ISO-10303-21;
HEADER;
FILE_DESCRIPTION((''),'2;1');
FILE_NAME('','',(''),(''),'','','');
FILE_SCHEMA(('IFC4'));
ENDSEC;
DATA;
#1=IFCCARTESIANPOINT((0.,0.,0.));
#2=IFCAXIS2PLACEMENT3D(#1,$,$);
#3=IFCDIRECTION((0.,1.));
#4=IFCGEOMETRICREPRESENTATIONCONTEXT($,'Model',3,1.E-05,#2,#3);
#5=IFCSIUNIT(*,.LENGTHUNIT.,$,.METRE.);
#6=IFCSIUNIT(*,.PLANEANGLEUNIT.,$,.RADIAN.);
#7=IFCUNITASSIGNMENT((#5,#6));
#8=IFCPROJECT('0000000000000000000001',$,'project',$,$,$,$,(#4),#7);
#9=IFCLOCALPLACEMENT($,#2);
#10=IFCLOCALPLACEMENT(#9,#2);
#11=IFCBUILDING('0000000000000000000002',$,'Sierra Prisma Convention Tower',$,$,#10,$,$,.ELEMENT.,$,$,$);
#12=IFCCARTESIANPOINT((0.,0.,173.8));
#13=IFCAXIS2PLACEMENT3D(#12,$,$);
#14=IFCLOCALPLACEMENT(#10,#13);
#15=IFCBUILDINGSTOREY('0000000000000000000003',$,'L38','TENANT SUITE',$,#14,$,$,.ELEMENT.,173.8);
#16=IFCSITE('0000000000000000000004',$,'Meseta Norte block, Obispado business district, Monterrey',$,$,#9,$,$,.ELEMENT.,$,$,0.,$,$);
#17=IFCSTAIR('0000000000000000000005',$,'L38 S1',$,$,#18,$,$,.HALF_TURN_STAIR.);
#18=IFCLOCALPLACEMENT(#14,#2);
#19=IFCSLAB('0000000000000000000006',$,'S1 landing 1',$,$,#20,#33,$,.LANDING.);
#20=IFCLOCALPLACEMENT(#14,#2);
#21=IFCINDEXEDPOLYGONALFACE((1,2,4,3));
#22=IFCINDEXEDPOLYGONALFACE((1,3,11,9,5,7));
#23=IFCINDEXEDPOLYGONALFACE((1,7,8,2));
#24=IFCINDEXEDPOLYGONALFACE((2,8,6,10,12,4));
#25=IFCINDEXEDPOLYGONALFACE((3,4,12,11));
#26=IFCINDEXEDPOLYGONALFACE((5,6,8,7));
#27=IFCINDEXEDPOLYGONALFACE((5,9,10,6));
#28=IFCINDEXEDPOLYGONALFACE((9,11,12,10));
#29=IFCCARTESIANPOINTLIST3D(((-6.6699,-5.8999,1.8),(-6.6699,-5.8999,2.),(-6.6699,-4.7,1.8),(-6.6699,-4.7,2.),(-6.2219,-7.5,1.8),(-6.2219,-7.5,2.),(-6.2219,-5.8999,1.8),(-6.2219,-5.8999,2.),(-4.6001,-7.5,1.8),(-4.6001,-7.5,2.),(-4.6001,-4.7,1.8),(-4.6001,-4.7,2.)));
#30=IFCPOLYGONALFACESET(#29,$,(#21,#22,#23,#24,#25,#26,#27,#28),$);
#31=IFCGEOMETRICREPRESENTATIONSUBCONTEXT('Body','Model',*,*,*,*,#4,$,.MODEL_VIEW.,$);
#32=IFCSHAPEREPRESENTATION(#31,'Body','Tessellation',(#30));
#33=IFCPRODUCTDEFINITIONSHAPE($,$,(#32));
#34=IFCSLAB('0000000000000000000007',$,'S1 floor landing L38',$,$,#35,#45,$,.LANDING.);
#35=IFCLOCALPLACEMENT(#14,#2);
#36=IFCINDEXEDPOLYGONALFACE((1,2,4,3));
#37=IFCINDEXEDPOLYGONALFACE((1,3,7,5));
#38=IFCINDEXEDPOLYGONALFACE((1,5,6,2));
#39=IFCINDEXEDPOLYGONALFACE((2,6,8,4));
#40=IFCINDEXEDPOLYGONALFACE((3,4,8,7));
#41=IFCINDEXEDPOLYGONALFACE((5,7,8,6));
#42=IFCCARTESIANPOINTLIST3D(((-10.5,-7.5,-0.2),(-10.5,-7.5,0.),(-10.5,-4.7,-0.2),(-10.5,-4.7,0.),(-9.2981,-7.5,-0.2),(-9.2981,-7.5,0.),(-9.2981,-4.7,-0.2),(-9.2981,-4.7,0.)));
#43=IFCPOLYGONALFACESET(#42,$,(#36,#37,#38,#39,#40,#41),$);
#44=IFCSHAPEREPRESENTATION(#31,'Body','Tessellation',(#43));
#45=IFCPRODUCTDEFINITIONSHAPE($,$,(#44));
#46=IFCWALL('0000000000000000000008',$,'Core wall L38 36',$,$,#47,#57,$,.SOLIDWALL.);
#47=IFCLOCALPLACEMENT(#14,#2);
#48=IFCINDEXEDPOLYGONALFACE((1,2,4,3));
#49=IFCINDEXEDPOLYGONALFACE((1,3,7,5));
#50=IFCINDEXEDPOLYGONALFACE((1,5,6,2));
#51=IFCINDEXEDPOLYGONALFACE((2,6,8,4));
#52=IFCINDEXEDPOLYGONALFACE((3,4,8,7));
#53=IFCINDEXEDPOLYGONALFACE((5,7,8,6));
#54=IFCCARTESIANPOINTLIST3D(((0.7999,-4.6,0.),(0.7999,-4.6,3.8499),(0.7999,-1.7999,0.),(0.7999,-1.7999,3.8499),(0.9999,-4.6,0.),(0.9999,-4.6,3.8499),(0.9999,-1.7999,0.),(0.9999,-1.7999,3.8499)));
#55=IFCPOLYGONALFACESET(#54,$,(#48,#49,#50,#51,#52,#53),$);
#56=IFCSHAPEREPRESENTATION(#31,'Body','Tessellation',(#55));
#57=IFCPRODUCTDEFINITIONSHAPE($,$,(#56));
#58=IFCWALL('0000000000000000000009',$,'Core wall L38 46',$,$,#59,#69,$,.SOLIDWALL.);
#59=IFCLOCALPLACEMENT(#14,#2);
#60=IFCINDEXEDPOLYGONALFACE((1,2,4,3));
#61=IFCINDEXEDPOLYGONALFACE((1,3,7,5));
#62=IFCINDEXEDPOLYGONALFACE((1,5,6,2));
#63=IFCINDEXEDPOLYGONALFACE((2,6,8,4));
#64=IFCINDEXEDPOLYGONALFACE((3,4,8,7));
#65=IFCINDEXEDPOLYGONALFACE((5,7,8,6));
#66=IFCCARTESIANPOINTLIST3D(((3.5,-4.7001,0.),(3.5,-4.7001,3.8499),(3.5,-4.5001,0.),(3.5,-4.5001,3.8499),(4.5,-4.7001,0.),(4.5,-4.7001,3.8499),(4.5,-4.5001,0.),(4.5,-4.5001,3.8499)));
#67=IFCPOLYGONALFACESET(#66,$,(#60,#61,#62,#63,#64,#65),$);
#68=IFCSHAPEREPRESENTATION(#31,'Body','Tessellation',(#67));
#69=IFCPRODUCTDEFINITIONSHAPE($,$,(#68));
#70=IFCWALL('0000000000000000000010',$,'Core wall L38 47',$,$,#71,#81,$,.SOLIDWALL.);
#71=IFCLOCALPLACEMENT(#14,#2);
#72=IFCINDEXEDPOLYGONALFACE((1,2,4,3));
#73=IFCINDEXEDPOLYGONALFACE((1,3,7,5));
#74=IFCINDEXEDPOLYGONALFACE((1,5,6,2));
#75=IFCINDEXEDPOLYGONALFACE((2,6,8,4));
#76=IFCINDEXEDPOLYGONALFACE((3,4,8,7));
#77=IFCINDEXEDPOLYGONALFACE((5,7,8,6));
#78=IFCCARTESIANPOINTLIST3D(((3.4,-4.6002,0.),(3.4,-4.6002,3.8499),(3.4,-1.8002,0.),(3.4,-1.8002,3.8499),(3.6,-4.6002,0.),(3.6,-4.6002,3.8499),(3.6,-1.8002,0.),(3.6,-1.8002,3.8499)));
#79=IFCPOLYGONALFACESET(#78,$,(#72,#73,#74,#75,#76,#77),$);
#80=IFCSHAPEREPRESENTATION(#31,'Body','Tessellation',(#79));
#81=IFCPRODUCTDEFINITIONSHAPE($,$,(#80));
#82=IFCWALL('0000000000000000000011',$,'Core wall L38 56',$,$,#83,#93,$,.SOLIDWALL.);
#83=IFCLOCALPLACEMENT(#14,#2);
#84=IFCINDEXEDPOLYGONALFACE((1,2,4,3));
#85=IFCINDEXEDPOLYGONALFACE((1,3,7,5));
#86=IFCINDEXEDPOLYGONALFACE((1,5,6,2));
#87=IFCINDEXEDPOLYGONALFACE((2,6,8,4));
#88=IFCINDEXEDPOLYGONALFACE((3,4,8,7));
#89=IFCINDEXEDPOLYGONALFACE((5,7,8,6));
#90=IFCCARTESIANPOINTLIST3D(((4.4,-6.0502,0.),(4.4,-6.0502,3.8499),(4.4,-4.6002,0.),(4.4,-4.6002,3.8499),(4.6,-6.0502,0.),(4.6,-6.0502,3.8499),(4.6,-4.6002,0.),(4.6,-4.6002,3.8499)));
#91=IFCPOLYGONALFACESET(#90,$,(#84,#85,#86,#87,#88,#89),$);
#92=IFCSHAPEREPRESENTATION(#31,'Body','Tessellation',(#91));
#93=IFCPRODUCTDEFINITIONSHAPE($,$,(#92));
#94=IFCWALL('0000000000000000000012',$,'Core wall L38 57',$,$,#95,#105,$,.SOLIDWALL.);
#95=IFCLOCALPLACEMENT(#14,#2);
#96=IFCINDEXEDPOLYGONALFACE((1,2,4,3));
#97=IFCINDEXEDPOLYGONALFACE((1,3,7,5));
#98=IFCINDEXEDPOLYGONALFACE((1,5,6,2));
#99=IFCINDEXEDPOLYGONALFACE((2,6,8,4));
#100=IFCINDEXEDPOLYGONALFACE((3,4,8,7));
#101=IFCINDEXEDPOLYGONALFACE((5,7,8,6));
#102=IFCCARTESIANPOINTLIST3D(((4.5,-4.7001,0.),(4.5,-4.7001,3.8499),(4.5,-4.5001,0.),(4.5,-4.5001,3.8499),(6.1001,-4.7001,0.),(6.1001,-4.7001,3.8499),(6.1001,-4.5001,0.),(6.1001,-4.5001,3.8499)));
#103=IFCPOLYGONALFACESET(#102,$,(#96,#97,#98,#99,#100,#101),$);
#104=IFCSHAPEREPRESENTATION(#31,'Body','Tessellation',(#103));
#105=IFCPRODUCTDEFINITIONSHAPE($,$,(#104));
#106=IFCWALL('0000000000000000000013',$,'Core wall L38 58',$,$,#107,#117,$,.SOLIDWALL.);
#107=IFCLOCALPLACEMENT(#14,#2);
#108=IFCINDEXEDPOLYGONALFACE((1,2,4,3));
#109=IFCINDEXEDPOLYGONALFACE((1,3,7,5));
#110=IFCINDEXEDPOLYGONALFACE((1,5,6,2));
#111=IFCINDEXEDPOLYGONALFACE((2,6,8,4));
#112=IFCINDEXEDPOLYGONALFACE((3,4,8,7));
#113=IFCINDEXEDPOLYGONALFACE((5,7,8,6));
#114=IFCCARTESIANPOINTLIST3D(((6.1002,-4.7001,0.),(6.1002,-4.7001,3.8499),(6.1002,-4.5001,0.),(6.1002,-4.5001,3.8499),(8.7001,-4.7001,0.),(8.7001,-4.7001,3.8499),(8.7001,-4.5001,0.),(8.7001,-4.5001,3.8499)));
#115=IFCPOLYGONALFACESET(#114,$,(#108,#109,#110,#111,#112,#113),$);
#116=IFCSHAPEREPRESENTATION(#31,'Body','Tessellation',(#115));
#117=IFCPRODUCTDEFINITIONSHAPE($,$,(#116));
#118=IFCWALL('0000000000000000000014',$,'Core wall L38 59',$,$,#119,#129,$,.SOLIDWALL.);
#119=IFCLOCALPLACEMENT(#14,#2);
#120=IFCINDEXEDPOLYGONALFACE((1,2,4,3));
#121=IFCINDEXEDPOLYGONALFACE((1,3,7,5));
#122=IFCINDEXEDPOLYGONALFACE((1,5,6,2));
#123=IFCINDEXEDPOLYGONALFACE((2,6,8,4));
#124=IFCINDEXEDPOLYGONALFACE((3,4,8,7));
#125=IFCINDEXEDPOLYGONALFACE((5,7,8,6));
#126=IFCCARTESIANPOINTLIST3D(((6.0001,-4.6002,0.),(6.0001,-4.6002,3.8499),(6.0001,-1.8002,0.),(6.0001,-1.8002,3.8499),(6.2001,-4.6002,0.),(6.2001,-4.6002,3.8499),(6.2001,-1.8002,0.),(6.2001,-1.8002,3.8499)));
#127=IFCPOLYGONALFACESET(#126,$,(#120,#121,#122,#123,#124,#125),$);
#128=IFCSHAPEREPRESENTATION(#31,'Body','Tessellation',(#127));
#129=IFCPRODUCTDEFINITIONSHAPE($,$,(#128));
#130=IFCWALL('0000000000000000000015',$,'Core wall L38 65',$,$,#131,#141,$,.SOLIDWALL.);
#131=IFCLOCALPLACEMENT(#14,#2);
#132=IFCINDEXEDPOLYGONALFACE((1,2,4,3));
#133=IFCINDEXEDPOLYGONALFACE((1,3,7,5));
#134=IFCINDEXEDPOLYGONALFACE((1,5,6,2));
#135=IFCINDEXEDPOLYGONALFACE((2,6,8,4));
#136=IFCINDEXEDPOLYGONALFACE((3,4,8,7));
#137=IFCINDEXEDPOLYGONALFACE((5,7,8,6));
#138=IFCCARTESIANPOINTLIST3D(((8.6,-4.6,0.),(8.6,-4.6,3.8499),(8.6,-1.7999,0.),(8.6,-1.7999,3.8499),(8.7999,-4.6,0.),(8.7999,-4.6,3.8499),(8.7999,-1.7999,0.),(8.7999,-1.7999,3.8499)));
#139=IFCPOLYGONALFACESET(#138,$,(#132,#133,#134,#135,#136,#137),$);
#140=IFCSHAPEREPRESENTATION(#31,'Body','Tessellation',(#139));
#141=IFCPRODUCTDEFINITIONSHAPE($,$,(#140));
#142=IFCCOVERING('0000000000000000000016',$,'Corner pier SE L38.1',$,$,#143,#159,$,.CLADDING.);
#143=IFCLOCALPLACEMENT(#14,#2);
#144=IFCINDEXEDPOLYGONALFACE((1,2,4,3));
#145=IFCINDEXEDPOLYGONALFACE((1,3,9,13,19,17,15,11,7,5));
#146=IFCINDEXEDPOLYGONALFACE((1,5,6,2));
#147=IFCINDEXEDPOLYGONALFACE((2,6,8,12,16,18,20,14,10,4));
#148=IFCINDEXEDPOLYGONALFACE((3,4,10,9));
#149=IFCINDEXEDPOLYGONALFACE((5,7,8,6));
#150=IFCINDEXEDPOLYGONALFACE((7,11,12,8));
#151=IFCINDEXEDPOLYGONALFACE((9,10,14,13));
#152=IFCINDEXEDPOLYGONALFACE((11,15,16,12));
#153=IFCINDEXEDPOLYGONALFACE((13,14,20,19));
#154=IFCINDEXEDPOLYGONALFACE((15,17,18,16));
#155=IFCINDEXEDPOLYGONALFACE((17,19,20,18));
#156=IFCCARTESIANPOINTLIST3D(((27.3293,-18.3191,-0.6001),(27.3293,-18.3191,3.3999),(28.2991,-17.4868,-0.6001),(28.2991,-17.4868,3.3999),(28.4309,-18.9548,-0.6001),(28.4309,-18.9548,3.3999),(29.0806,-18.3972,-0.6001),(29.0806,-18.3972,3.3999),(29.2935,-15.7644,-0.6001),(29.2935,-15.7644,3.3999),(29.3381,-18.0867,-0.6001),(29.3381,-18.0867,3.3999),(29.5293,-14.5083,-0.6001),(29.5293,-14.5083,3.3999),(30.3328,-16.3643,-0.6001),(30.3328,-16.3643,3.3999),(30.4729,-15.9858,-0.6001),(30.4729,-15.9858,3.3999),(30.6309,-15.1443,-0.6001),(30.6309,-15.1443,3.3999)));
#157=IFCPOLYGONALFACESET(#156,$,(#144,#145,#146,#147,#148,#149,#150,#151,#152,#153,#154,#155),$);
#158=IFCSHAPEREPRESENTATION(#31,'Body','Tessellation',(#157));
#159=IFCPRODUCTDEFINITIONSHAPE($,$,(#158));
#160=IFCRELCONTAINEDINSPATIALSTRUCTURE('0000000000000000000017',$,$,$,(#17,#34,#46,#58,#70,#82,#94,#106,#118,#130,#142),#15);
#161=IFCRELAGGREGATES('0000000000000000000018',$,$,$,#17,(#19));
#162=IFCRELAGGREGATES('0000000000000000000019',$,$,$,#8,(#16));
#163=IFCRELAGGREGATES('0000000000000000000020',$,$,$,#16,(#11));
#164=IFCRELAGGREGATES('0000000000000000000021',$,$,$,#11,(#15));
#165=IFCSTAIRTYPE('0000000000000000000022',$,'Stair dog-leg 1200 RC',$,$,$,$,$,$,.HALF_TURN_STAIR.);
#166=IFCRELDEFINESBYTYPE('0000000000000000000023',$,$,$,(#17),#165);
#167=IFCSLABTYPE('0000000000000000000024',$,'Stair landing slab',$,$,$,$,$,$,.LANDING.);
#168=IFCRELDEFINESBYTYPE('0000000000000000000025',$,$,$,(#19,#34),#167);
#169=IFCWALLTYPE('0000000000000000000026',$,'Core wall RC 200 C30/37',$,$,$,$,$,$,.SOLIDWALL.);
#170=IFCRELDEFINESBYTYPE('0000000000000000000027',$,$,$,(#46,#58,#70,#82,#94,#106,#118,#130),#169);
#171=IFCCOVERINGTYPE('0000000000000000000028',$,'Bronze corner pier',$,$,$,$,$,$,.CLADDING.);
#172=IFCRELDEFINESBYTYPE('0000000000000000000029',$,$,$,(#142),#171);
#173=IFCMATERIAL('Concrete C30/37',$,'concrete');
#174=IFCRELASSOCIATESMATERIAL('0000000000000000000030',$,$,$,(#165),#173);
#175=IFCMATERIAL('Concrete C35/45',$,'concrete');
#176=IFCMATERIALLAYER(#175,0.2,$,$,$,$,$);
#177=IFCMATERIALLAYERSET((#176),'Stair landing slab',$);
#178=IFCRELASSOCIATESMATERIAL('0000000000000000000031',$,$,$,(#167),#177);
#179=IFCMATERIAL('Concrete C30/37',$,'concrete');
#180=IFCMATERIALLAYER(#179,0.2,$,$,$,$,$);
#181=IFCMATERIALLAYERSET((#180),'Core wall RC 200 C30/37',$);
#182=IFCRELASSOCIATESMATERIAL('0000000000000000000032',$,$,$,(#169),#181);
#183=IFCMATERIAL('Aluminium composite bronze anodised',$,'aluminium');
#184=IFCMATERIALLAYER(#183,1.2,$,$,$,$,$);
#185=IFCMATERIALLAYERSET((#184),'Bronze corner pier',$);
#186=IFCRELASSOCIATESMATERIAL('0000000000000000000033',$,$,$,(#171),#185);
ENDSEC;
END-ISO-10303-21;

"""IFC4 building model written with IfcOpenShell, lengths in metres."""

from ifc_helpers import new_model, si_unit, direction, frame, frame_2d, origin, place, context, subcontext, project, spatial, polyline, rectangle, outline, extrude, material, layer, layer_set, type_object, element, aggregate, save


model = new_model("IFC4")

# Units and contexts
model_context = context("Model", 3, precision=1e-05, world=origin(), true_north=direction((0.0, 1.0)))
body_context = subcontext(model_context, "Body", "Model", "MODEL_VIEW")
ifc_project = project(units=[si_unit("LENGTHUNIT", "METRE"), si_unit("PLANEANGLEUNIT", "RADIAN")], contexts=[model_context])

# Site, building, storey
site_placement = place(None, origin())
site = spatial("IfcSite", under=ifc_project, at=site_placement, Name="Meseta Norte block, Obispado business district, Monterrey", CompositionType="ELEMENT", RefElevation=0.0)
building_placement = place(site_placement, origin())
building = spatial("IfcBuilding", under=site, at=building_placement, Name="Sierra Prisma Convention Tower", CompositionType="ELEMENT")
storey_placement = place(building_placement, frame((0.0, 0.0, 173.8)))
storey = spatial("IfcBuildingStorey", under=building, at=storey_placement, Name="L38", Description="TENANT SUITE", CompositionType="ELEMENT", Elevation=173.8)

# Stair, slab
ifc_material_1 = material(Name="Concrete C30/37", Category="concrete")
stair_type = type_object("IfcStairType", Name="Stair dog-leg 1200 RC", PredefinedType="HALF_TURN_STAIR", material=ifc_material_1)
stair_placement = place(storey_placement, origin())
stair = element("IfcStair", 1, at=stair_placement, inside=storey, type_object=stair_type, Name="L38 S1", PredefinedType="HALF_TURN_STAIR")
ifc_material_2 = material(Name="Concrete C35/45", Category="concrete")
ifc_layer_1 = layer(ifc_material_2, 0.2)
ifc_layer_set_1 = layer_set([ifc_layer_1], Name="Stair landing slab")
slab_type = type_object("IfcSlabType", Name="Stair landing slab", PredefinedType="LANDING", material=ifc_layer_set_1)
slab_1_placement = place(storey_placement, frame((0.0, 0.0, 1.8)))
slab_1 = element("IfcSlab", 2, at=slab_1_placement, type_object=slab_type, Name="S1 landing 1", PredefinedType="LANDING", context=body_context, shape_type="SweptSolid", body=[
    extrude(outline(polyline([(-4.6001, -4.7), (-4.6001, -7.5), (-6.2219, -7.5), (-6.2219, -5.8999), (-6.6699, -5.8999), (-6.6699, -4.7), (-4.6001, -4.7)])), origin(), (0.0, 0.0, 1.0), 0.2),
])
aggregate(stair, [slab_1])

# Slab
slab_2_placement = place(storey_placement, frame((0.0, 0.0, -0.2)))
element("IfcSlab", 3, at=slab_2_placement, inside=storey, type_object=slab_type, Name="S1 floor landing L38", PredefinedType="LANDING", context=body_context, shape_type="SweptSolid", body=[
    extrude(outline(polyline([(-10.5, -7.5), (-9.2981, -7.5), (-9.2981, -4.7), (-10.5, -4.7), (-10.5, -7.5)])), origin(), (0.0, 0.0, 1.0), 0.2),
])

# Shared definitions
ifc_material_3 = material(Name="Concrete C30/37", Category="concrete")
ifc_layer_2 = layer(ifc_material_3, 0.2)
ifc_layer_set_2 = layer_set([ifc_layer_2], Name="Core wall RC 200 C30/37")
wall_type = type_object("IfcWallType", Name="Core wall RC 200 C30/37", PredefinedType="SOLIDWALL", material=ifc_layer_set_2)

# Walls
wall_1_placement = place(storey_placement, frame((0.8999, -1.8, 0.0), z_axis=(0.0, 0.0, 1.0), x_axis=(0.0, -1.0, 0.0)))
element("IfcWall", 4, at=wall_1_placement, inside=storey, type_object=wall_type, Name="Core wall L38 36", PredefinedType="SOLIDWALL", context=body_context, shape_type="SweptSolid", body=[
    extrude(rectangle(XDim=2.8, YDim=0.2, at=frame_2d((1.3999, 0.0))), origin(), (0.0, 0.0, 1.0), 3.8499),
])
wall_2_placement = place(storey_placement, frame((4.5, -4.6001, 0.0), z_axis=(0.0, 0.0, 1.0), x_axis=(-1.0, 0.0, 0.0)))
element("IfcWall", 5, at=wall_2_placement, inside=storey, type_object=wall_type, Name="Core wall L38 46", PredefinedType="SOLIDWALL", context=body_context, shape_type="SweptSolid", body=[
    extrude(rectangle(XDim=1.0, YDim=0.2, at=frame_2d((0.5, 0.0))), origin(), (0.0, 0.0, 1.0), 3.8499),
])
wall_3_placement = place(storey_placement, frame((3.5, -4.6001, 0.0), z_axis=(0.0, 0.0, 1.0), x_axis=(0.0, 1.0, 0.0)))
element("IfcWall", 6, at=wall_3_placement, inside=storey, type_object=wall_type, Name="Core wall L38 47", PredefinedType="SOLIDWALL", context=body_context, shape_type="SweptSolid", body=[
    extrude(rectangle(XDim=2.8, YDim=0.2, at=frame_2d((1.3999, 0.0))), origin(), (0.0, 0.0, 1.0), 3.8499),
])

# Walls
wall_4_placement = place(storey_placement, frame((4.5, -4.6001, 0.0), z_axis=(0.0, 0.0, 1.0), x_axis=(0.0, -1.0, 0.0)))
element("IfcWall", 7, at=wall_4_placement, inside=storey, type_object=wall_type, Name="Core wall L38 56", PredefinedType="SOLIDWALL", context=body_context, shape_type="SweptSolid", body=[
    extrude(rectangle(XDim=1.45, YDim=0.2, at=frame_2d((0.7251, 0.0))), origin(), (0.0, 0.0, 1.0), 3.8499),
])
wall_5_placement = place(storey_placement, frame((6.1001, -4.6001, 0.0), z_axis=(0.0, 0.0, 1.0), x_axis=(-1.0, 0.0, 0.0)))
element("IfcWall", 8, at=wall_5_placement, inside=storey, type_object=wall_type, Name="Core wall L38 57", PredefinedType="SOLIDWALL", context=body_context, shape_type="SweptSolid", body=[
    extrude(rectangle(XDim=1.6001, YDim=0.2, at=frame_2d((0.8, 0.0))), origin(), (0.0, 0.0, 1.0), 3.8499),
])
wall_6_placement = place(storey_placement, frame((8.7, -4.6001, 0.0), z_axis=(0.0, 0.0, 1.0), x_axis=(-1.0, 0.0, 0.0)))
element("IfcWall", 9, at=wall_6_placement, inside=storey, type_object=wall_type, Name="Core wall L38 58", PredefinedType="SOLIDWALL", context=body_context, shape_type="SweptSolid", body=[
    extrude(rectangle(XDim=2.5999, YDim=0.2, at=frame_2d((1.2998, 0.0))), origin(), (0.0, 0.0, 1.0), 3.8499),
])
wall_7_placement = place(storey_placement, frame((6.1001, -4.6001, 0.0), z_axis=(0.0, 0.0, 1.0), x_axis=(0.0, 1.0, 0.0)))
element("IfcWall", 10, at=wall_7_placement, inside=storey, type_object=wall_type, Name="Core wall L38 59", PredefinedType="SOLIDWALL", context=body_context, shape_type="SweptSolid", body=[
    extrude(rectangle(XDim=2.8, YDim=0.2, at=frame_2d((1.3999, 0.0))), origin(), (0.0, 0.0, 1.0), 3.8499),
])

# Wall
wall_8_placement = place(storey_placement, frame((8.7, -1.8, 0.0), z_axis=(0.0, 0.0, 1.0), x_axis=(0.0, -1.0, 0.0)))
element("IfcWall", 11, at=wall_8_placement, inside=storey, type_object=wall_type, Name="Core wall L38 65", PredefinedType="SOLIDWALL", context=body_context, shape_type="SweptSolid", body=[
    extrude(rectangle(XDim=2.8, YDim=0.2, at=frame_2d((1.3999, 0.0))), origin(), (0.0, 0.0, 1.0), 3.8499),
])

# Covering
ifc_material_4 = material(Name="Aluminium composite bronze anodised", Category="aluminium")
ifc_layer_3 = layer(ifc_material_4, 1.2)
ifc_layer_set_3 = layer_set([ifc_layer_3], Name="Bronze corner pier")
covering_type_1 = type_object("IfcCoveringType", Name="Bronze corner pier", PredefinedType="CLADDING", material=ifc_layer_set_3)
covering_1_placement = place(storey_placement, frame((0.0, 0.0, -0.6001)))
element("IfcCovering", 12, at=covering_1_placement, inside=storey, type_object=covering_type_1, Name="Corner pier SE L38.1", PredefinedType="CLADDING", context=body_context, shape_type="SweptSolid", body=[
    extrude(outline(polyline([(30.4729, -15.9858), (30.3328, -16.3643), (29.3381, -18.0867), (29.0806, -18.3972), (28.4309, -18.9548), (27.3293, -18.3191), (28.2991, -17.4868), (29.2935, -15.7644), (29.5293, -14.5083), (30.6309, -15.1443), (30.4729, -15.9858)])), origin(), (0.0, 0.0, 1.0), 4.0),
])

save(model, "model.ifc")
